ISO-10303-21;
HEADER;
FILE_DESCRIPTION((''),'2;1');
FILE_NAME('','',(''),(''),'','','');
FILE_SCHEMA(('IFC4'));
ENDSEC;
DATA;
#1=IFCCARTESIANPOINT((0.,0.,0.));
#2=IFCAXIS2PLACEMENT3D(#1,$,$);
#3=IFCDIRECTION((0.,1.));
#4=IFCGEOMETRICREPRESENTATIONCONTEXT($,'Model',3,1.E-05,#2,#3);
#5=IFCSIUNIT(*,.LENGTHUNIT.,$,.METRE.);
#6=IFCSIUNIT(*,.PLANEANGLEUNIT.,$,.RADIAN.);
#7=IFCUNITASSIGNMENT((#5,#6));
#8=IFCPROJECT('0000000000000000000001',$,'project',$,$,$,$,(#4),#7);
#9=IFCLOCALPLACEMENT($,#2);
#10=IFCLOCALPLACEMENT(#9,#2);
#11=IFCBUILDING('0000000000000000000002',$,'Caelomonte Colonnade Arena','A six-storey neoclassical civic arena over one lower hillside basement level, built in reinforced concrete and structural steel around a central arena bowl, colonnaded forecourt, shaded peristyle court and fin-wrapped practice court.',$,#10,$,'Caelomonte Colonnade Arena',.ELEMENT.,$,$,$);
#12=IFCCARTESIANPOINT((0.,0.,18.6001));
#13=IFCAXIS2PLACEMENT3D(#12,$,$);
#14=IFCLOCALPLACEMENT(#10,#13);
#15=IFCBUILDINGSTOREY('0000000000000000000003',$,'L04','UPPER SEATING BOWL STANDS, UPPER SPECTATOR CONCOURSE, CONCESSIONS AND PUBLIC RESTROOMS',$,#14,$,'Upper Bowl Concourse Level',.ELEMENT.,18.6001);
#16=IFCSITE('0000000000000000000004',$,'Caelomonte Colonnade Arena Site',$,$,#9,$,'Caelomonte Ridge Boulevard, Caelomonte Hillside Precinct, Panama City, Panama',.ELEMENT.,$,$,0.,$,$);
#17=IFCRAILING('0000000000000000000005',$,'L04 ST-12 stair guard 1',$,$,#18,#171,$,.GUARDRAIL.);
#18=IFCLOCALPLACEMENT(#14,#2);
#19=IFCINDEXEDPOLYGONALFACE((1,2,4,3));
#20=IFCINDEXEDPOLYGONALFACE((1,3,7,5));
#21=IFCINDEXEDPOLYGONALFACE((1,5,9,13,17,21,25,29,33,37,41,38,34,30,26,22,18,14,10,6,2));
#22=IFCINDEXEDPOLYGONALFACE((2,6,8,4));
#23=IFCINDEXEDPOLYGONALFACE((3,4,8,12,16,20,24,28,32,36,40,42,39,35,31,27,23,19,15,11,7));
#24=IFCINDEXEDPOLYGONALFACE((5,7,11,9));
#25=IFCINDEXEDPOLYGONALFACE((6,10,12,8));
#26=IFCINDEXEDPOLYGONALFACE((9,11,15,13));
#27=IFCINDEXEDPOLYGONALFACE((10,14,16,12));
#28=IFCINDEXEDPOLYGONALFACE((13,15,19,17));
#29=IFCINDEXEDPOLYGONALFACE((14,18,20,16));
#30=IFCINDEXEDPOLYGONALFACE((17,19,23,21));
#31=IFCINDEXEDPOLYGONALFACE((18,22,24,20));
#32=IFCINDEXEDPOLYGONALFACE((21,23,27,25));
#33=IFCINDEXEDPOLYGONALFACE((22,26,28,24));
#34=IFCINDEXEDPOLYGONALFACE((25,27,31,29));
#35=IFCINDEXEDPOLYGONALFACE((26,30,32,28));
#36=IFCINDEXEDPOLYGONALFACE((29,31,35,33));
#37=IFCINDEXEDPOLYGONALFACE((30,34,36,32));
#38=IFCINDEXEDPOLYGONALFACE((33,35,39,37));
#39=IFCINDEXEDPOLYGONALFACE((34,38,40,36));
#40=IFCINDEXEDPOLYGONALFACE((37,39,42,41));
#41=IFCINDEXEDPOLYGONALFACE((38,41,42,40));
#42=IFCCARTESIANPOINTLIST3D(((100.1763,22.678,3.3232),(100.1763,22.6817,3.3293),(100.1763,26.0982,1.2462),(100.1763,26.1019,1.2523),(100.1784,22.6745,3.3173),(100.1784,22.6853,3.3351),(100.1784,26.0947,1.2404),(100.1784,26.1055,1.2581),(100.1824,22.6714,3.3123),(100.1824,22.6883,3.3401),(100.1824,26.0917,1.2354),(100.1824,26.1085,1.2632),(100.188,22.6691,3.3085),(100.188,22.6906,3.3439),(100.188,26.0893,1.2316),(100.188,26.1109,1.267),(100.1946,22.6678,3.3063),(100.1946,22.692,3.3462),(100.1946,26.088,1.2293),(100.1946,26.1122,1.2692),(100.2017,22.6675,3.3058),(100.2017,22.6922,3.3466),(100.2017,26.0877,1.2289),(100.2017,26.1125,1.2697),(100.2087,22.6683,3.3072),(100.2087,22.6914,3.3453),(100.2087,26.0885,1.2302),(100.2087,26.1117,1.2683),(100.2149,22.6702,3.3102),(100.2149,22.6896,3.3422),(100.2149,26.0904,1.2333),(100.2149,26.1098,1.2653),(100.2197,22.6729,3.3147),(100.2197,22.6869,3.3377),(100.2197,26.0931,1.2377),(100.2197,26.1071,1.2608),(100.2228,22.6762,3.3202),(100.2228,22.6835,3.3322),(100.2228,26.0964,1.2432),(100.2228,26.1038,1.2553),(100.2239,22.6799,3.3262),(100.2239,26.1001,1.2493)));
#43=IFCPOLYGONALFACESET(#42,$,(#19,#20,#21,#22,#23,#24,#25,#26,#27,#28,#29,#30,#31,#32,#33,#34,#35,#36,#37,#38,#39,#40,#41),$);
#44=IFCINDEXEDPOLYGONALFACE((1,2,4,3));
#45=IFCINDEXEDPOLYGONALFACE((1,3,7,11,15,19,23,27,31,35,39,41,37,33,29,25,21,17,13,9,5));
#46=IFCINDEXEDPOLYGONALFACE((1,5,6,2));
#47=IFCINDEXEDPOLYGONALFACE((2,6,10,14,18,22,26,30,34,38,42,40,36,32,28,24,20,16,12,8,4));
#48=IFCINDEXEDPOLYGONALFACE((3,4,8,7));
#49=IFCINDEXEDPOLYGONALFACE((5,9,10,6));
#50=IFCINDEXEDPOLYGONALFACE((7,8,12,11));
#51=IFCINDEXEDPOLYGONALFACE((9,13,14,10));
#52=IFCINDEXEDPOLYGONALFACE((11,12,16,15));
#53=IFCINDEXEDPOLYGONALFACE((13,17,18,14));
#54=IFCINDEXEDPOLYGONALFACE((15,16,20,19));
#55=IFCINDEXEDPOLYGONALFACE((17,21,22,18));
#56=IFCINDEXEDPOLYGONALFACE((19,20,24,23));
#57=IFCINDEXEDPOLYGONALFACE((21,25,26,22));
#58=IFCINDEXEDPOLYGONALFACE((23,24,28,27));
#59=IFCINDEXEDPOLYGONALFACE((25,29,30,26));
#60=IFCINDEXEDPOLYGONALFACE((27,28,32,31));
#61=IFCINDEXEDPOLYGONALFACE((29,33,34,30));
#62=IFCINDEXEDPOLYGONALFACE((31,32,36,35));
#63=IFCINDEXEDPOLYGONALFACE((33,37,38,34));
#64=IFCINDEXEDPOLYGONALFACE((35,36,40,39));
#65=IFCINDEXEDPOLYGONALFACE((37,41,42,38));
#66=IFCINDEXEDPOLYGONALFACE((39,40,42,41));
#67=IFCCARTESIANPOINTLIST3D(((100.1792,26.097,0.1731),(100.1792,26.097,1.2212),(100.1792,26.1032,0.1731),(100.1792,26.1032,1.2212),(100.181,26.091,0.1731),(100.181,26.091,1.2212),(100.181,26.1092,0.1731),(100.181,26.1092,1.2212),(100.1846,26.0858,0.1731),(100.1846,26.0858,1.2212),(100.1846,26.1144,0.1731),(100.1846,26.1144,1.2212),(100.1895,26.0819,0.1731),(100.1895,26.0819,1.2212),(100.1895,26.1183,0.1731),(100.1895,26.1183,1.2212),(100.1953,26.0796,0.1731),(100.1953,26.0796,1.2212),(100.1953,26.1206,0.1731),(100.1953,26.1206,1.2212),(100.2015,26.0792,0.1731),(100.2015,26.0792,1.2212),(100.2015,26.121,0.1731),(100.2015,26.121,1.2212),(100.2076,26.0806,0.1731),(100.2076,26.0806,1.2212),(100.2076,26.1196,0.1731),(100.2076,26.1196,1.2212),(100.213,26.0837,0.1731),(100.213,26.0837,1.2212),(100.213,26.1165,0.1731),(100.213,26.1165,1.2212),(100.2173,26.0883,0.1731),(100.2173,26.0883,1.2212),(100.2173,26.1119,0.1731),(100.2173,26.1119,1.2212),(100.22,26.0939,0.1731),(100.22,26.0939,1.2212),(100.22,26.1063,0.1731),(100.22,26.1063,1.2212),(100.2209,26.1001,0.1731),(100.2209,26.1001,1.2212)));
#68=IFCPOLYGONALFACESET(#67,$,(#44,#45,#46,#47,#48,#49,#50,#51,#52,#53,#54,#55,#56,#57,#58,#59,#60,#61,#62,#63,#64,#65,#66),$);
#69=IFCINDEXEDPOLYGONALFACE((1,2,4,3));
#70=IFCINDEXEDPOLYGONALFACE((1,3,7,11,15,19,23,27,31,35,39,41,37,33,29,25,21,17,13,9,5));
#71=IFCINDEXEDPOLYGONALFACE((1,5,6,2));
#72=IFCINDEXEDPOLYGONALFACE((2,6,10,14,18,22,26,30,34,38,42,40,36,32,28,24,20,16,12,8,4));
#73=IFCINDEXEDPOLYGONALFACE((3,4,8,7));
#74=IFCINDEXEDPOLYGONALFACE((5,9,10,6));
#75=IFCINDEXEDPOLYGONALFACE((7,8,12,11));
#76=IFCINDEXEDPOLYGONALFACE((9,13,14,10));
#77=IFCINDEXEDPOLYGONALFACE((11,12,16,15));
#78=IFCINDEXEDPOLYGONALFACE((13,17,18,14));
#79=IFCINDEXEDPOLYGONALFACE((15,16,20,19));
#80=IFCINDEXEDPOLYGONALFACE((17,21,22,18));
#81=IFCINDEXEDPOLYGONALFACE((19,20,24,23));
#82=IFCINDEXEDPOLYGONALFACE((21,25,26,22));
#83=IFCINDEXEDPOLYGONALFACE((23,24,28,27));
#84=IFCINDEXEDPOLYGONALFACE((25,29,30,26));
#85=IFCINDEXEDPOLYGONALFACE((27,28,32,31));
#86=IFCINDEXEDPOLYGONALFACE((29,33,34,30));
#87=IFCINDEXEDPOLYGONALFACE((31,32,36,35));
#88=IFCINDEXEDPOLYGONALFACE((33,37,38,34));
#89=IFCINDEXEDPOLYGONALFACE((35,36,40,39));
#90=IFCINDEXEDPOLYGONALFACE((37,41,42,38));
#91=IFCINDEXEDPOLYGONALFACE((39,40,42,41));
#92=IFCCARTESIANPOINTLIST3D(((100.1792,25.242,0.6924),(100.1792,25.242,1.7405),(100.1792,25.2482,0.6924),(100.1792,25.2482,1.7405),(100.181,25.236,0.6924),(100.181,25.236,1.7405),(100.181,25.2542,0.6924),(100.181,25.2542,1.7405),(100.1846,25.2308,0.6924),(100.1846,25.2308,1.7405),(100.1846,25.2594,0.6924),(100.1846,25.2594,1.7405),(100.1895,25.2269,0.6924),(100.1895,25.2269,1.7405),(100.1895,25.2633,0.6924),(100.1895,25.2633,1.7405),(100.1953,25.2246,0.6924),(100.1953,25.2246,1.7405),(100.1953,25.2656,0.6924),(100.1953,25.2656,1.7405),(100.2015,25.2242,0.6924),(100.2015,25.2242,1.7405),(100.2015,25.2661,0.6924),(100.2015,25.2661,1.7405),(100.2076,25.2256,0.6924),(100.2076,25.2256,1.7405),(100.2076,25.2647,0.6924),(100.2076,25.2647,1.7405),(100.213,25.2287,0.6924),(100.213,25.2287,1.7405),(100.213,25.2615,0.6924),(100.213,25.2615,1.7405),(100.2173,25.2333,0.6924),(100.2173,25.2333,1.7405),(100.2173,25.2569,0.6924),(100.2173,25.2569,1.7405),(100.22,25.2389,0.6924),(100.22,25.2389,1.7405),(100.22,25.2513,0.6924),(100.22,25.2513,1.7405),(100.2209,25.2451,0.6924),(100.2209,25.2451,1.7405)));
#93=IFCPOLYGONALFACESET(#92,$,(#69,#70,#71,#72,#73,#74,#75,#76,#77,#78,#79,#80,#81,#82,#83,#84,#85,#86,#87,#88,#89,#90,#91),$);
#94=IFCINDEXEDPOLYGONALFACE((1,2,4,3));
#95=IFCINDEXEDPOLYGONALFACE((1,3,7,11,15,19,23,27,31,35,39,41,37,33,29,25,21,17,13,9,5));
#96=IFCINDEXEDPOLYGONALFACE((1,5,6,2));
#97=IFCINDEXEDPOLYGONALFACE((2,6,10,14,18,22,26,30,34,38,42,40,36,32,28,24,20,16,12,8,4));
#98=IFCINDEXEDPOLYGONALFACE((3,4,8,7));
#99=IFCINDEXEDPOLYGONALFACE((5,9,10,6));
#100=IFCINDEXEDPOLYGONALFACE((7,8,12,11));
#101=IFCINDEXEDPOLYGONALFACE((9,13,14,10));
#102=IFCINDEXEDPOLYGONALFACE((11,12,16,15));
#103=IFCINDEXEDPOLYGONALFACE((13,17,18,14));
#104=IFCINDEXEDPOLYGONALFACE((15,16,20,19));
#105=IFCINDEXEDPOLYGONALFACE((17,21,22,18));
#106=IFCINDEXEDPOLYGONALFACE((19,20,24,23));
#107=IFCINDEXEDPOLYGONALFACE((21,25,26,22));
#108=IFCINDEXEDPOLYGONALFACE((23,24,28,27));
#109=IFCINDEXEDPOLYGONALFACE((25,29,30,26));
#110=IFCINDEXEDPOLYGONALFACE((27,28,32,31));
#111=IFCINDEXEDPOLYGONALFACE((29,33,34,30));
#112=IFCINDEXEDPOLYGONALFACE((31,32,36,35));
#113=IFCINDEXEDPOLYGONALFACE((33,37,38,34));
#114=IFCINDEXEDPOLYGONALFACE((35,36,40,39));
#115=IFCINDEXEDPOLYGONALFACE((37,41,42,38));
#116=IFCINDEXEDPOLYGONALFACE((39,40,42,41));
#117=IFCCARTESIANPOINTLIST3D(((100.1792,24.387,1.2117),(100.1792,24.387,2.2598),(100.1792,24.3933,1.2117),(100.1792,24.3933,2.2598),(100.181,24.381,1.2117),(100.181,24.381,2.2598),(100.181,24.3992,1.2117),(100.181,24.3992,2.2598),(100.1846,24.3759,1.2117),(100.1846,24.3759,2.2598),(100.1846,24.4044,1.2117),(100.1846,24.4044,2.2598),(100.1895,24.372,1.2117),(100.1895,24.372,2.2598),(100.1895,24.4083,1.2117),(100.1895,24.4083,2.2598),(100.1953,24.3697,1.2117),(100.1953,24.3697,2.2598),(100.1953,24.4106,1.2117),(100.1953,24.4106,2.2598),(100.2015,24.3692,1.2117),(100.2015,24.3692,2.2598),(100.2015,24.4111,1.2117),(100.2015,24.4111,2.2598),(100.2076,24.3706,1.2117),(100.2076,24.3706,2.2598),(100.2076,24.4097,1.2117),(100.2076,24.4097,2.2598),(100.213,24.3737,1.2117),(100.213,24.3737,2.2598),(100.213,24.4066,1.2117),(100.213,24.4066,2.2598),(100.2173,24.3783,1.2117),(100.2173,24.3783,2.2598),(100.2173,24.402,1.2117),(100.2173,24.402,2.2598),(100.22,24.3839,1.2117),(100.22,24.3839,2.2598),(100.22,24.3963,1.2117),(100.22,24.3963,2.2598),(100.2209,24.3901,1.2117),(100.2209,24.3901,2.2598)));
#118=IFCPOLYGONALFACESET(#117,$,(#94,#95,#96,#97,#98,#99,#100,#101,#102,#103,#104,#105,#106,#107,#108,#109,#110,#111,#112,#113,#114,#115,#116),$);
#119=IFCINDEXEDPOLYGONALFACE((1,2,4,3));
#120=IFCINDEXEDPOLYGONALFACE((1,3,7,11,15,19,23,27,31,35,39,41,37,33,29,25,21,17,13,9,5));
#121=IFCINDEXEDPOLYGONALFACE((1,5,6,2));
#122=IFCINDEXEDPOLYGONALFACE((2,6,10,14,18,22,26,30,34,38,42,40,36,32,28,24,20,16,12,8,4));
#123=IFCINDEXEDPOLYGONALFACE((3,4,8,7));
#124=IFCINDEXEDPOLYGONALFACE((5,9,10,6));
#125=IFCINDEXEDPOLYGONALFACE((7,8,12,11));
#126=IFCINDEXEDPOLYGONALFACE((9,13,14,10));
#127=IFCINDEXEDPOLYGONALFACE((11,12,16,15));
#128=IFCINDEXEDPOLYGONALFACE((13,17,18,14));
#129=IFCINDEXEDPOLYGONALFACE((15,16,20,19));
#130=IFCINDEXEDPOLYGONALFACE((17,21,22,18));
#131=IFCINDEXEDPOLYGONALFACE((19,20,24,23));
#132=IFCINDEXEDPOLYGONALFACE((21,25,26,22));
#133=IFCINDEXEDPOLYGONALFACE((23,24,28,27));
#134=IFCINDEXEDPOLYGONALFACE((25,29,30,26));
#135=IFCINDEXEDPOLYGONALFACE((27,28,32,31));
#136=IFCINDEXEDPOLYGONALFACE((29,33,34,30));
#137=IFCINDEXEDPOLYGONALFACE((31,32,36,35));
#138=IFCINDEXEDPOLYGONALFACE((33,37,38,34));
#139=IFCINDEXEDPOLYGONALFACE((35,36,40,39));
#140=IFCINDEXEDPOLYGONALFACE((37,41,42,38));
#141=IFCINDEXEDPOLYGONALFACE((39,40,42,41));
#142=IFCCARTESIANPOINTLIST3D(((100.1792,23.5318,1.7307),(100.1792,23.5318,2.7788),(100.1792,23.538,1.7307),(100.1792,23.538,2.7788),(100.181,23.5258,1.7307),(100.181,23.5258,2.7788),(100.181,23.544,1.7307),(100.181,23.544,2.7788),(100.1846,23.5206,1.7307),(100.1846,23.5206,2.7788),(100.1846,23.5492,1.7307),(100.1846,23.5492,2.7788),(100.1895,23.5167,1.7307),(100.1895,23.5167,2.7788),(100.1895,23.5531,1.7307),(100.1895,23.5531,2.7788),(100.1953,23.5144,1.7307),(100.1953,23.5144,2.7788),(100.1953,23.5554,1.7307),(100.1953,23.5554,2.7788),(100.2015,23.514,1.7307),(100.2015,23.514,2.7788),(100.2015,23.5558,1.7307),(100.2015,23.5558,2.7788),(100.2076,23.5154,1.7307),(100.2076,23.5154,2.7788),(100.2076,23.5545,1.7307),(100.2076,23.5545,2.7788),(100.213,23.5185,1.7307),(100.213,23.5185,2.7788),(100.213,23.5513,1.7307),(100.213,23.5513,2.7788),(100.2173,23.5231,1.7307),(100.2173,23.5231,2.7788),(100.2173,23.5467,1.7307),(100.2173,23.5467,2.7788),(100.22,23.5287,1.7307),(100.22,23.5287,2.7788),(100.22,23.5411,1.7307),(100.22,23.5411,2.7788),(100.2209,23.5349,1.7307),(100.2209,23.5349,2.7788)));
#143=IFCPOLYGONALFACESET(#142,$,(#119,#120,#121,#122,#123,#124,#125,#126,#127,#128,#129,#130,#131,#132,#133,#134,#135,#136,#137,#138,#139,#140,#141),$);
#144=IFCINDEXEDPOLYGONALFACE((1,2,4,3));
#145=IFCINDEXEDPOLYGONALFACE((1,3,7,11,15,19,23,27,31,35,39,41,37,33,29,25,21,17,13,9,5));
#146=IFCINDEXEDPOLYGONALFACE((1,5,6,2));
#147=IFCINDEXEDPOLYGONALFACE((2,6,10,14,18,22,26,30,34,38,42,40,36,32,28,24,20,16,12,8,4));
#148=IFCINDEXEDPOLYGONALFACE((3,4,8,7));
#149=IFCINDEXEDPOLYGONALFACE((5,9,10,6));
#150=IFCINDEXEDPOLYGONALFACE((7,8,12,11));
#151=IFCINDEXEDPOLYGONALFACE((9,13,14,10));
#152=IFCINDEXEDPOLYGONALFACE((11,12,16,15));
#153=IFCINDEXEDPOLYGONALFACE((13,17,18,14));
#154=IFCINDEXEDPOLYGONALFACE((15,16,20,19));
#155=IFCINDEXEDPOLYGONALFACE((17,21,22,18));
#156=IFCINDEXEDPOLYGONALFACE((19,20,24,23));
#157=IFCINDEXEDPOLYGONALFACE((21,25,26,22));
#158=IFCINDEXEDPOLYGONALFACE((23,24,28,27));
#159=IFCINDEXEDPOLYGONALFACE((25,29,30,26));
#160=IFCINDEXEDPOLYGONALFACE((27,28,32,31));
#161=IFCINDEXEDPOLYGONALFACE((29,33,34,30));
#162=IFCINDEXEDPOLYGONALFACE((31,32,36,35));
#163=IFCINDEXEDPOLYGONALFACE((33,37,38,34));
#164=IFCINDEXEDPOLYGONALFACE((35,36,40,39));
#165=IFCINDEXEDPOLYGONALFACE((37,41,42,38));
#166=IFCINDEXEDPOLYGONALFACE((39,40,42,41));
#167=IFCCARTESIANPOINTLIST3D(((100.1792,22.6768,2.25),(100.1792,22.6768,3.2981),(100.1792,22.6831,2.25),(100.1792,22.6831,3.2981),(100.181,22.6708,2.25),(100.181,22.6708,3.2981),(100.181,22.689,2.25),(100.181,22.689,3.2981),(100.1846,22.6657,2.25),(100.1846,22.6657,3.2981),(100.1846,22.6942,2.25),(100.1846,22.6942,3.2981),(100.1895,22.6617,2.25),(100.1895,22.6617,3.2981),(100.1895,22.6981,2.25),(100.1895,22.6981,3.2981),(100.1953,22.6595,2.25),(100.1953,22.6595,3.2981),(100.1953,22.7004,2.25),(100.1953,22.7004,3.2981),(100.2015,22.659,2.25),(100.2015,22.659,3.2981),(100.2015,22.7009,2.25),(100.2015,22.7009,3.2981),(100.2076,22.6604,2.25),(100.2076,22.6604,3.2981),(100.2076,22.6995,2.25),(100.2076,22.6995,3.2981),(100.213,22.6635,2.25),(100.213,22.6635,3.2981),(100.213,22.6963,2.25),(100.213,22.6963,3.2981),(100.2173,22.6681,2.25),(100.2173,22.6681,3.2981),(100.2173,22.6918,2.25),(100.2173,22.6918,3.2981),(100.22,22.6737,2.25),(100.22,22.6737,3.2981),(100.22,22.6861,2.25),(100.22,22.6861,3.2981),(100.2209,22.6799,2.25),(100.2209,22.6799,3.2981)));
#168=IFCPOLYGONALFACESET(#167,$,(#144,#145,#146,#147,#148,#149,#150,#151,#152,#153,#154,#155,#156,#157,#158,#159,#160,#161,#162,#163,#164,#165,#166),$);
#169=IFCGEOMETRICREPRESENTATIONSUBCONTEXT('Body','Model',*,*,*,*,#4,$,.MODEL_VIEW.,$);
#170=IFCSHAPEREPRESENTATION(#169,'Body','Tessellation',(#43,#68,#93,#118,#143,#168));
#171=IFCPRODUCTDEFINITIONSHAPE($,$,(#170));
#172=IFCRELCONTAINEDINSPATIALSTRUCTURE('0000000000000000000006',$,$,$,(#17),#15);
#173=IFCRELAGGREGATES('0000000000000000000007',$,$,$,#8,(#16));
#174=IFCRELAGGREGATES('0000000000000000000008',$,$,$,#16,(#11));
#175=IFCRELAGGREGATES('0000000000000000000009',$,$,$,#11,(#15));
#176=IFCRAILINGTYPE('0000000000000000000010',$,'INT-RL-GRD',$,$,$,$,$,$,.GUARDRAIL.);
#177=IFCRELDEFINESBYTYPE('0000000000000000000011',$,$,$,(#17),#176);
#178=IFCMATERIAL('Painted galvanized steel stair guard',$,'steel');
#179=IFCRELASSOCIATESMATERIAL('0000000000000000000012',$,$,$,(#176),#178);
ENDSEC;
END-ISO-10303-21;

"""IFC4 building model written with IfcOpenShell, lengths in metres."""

from ifc_helpers import new_model, si_unit, direction, frame, origin, origin_2d, place, context, subcontext, project, spatial, circle, extrude, material, type_object, element, save


model = new_model("IFC4")

# Units and contexts
model_context = context("Model", 3, precision=1e-05, world=origin(), true_north=direction((0.0, 1.0)))
body_context = subcontext(model_context, "Body", "Model", "MODEL_VIEW")
ifc_project = project(units=[si_unit("LENGTHUNIT", "METRE"), si_unit("PLANEANGLEUNIT", "RADIAN")], contexts=[model_context])

# Site, building, storey
site_placement = place(None, origin())
site = spatial("IfcSite", under=ifc_project, at=site_placement, Name="Caelomonte Colonnade Arena Site", LongName="Caelomonte Ridge Boulevard, Caelomonte Hillside Precinct, Panama City, Panama", CompositionType="ELEMENT", RefElevation=0.0)
building_placement = place(site_placement, origin())
building = spatial("IfcBuilding", under=site, at=building_placement, Name="Caelomonte Colonnade Arena", Description="A six-storey neoclassical civic arena over one lower hillside basement level, built in reinforced concrete and structural steel around a central arena bowl, colonnaded forecourt, shaded peristyle court and fin-wrapped practice court.", LongName="Caelomonte Colonnade Arena", CompositionType="ELEMENT")
storey_placement = place(building_placement, frame((0.0, 0.0, 18.6001)))
storey = spatial("IfcBuildingStorey", under=building, at=storey_placement, Name="L04", Description="UPPER SEATING BOWL STANDS, UPPER SPECTATOR CONCOURSE, CONCESSIONS AND PUBLIC RESTROOMS", LongName="Upper Bowl Concourse Level", CompositionType="ELEMENT", Elevation=18.6001)

# Railing
ifc_material_1 = material(Name="Painted galvanized steel stair guard", Category="steel")
railing_type_1 = type_object("IfcRailingType", Name="INT-RL-GRD", PredefinedType="GUARDRAIL", material=ifc_material_1)
railing_1_placement = place(storey_placement, frame((100.2, 26.1001, 0.1731)))
element("IfcRailing", 1, at=railing_1_placement, inside=storey, type_object=railing_type_1, Name="L04 ST-12 stair guard 1", PredefinedType="GUARDRAIL", context=body_context, shape_type="SweptSolid", body=[
    extrude(circle(Radius=0.0239, at=origin_2d()), frame((0.0, 0.0, 1.0762), z_axis=(0.0, -0.854746, 0.519047), x_axis=(1.0, 0.0, 0.0)), (0.0, 0.0, 1.0), 4.0015),
    extrude(circle(Radius=0.021, at=origin_2d()), origin(), (0.0, 0.0, 1.0), 1.0481),
    extrude(circle(Radius=0.021, at=origin_2d()), frame((0.0, -0.855, 0.5193)), (0.0, 0.0, 1.0), 1.0481),
    extrude(circle(Radius=0.021, at=origin_2d()), frame((0.0, -1.71, 1.0386)), (0.0, 0.0, 1.0), 1.0481),
    extrude(circle(Radius=0.021, at=origin_2d()), frame((0.0, -2.5652, 1.5576)), (0.0, 0.0, 1.0), 1.0481),
    extrude(circle(Radius=0.021, at=origin_2d()), frame((0.0, -3.4202, 2.0769)), (0.0, 0.0, 1.0), 1.0481),
])

save(model, "model.ifc")
